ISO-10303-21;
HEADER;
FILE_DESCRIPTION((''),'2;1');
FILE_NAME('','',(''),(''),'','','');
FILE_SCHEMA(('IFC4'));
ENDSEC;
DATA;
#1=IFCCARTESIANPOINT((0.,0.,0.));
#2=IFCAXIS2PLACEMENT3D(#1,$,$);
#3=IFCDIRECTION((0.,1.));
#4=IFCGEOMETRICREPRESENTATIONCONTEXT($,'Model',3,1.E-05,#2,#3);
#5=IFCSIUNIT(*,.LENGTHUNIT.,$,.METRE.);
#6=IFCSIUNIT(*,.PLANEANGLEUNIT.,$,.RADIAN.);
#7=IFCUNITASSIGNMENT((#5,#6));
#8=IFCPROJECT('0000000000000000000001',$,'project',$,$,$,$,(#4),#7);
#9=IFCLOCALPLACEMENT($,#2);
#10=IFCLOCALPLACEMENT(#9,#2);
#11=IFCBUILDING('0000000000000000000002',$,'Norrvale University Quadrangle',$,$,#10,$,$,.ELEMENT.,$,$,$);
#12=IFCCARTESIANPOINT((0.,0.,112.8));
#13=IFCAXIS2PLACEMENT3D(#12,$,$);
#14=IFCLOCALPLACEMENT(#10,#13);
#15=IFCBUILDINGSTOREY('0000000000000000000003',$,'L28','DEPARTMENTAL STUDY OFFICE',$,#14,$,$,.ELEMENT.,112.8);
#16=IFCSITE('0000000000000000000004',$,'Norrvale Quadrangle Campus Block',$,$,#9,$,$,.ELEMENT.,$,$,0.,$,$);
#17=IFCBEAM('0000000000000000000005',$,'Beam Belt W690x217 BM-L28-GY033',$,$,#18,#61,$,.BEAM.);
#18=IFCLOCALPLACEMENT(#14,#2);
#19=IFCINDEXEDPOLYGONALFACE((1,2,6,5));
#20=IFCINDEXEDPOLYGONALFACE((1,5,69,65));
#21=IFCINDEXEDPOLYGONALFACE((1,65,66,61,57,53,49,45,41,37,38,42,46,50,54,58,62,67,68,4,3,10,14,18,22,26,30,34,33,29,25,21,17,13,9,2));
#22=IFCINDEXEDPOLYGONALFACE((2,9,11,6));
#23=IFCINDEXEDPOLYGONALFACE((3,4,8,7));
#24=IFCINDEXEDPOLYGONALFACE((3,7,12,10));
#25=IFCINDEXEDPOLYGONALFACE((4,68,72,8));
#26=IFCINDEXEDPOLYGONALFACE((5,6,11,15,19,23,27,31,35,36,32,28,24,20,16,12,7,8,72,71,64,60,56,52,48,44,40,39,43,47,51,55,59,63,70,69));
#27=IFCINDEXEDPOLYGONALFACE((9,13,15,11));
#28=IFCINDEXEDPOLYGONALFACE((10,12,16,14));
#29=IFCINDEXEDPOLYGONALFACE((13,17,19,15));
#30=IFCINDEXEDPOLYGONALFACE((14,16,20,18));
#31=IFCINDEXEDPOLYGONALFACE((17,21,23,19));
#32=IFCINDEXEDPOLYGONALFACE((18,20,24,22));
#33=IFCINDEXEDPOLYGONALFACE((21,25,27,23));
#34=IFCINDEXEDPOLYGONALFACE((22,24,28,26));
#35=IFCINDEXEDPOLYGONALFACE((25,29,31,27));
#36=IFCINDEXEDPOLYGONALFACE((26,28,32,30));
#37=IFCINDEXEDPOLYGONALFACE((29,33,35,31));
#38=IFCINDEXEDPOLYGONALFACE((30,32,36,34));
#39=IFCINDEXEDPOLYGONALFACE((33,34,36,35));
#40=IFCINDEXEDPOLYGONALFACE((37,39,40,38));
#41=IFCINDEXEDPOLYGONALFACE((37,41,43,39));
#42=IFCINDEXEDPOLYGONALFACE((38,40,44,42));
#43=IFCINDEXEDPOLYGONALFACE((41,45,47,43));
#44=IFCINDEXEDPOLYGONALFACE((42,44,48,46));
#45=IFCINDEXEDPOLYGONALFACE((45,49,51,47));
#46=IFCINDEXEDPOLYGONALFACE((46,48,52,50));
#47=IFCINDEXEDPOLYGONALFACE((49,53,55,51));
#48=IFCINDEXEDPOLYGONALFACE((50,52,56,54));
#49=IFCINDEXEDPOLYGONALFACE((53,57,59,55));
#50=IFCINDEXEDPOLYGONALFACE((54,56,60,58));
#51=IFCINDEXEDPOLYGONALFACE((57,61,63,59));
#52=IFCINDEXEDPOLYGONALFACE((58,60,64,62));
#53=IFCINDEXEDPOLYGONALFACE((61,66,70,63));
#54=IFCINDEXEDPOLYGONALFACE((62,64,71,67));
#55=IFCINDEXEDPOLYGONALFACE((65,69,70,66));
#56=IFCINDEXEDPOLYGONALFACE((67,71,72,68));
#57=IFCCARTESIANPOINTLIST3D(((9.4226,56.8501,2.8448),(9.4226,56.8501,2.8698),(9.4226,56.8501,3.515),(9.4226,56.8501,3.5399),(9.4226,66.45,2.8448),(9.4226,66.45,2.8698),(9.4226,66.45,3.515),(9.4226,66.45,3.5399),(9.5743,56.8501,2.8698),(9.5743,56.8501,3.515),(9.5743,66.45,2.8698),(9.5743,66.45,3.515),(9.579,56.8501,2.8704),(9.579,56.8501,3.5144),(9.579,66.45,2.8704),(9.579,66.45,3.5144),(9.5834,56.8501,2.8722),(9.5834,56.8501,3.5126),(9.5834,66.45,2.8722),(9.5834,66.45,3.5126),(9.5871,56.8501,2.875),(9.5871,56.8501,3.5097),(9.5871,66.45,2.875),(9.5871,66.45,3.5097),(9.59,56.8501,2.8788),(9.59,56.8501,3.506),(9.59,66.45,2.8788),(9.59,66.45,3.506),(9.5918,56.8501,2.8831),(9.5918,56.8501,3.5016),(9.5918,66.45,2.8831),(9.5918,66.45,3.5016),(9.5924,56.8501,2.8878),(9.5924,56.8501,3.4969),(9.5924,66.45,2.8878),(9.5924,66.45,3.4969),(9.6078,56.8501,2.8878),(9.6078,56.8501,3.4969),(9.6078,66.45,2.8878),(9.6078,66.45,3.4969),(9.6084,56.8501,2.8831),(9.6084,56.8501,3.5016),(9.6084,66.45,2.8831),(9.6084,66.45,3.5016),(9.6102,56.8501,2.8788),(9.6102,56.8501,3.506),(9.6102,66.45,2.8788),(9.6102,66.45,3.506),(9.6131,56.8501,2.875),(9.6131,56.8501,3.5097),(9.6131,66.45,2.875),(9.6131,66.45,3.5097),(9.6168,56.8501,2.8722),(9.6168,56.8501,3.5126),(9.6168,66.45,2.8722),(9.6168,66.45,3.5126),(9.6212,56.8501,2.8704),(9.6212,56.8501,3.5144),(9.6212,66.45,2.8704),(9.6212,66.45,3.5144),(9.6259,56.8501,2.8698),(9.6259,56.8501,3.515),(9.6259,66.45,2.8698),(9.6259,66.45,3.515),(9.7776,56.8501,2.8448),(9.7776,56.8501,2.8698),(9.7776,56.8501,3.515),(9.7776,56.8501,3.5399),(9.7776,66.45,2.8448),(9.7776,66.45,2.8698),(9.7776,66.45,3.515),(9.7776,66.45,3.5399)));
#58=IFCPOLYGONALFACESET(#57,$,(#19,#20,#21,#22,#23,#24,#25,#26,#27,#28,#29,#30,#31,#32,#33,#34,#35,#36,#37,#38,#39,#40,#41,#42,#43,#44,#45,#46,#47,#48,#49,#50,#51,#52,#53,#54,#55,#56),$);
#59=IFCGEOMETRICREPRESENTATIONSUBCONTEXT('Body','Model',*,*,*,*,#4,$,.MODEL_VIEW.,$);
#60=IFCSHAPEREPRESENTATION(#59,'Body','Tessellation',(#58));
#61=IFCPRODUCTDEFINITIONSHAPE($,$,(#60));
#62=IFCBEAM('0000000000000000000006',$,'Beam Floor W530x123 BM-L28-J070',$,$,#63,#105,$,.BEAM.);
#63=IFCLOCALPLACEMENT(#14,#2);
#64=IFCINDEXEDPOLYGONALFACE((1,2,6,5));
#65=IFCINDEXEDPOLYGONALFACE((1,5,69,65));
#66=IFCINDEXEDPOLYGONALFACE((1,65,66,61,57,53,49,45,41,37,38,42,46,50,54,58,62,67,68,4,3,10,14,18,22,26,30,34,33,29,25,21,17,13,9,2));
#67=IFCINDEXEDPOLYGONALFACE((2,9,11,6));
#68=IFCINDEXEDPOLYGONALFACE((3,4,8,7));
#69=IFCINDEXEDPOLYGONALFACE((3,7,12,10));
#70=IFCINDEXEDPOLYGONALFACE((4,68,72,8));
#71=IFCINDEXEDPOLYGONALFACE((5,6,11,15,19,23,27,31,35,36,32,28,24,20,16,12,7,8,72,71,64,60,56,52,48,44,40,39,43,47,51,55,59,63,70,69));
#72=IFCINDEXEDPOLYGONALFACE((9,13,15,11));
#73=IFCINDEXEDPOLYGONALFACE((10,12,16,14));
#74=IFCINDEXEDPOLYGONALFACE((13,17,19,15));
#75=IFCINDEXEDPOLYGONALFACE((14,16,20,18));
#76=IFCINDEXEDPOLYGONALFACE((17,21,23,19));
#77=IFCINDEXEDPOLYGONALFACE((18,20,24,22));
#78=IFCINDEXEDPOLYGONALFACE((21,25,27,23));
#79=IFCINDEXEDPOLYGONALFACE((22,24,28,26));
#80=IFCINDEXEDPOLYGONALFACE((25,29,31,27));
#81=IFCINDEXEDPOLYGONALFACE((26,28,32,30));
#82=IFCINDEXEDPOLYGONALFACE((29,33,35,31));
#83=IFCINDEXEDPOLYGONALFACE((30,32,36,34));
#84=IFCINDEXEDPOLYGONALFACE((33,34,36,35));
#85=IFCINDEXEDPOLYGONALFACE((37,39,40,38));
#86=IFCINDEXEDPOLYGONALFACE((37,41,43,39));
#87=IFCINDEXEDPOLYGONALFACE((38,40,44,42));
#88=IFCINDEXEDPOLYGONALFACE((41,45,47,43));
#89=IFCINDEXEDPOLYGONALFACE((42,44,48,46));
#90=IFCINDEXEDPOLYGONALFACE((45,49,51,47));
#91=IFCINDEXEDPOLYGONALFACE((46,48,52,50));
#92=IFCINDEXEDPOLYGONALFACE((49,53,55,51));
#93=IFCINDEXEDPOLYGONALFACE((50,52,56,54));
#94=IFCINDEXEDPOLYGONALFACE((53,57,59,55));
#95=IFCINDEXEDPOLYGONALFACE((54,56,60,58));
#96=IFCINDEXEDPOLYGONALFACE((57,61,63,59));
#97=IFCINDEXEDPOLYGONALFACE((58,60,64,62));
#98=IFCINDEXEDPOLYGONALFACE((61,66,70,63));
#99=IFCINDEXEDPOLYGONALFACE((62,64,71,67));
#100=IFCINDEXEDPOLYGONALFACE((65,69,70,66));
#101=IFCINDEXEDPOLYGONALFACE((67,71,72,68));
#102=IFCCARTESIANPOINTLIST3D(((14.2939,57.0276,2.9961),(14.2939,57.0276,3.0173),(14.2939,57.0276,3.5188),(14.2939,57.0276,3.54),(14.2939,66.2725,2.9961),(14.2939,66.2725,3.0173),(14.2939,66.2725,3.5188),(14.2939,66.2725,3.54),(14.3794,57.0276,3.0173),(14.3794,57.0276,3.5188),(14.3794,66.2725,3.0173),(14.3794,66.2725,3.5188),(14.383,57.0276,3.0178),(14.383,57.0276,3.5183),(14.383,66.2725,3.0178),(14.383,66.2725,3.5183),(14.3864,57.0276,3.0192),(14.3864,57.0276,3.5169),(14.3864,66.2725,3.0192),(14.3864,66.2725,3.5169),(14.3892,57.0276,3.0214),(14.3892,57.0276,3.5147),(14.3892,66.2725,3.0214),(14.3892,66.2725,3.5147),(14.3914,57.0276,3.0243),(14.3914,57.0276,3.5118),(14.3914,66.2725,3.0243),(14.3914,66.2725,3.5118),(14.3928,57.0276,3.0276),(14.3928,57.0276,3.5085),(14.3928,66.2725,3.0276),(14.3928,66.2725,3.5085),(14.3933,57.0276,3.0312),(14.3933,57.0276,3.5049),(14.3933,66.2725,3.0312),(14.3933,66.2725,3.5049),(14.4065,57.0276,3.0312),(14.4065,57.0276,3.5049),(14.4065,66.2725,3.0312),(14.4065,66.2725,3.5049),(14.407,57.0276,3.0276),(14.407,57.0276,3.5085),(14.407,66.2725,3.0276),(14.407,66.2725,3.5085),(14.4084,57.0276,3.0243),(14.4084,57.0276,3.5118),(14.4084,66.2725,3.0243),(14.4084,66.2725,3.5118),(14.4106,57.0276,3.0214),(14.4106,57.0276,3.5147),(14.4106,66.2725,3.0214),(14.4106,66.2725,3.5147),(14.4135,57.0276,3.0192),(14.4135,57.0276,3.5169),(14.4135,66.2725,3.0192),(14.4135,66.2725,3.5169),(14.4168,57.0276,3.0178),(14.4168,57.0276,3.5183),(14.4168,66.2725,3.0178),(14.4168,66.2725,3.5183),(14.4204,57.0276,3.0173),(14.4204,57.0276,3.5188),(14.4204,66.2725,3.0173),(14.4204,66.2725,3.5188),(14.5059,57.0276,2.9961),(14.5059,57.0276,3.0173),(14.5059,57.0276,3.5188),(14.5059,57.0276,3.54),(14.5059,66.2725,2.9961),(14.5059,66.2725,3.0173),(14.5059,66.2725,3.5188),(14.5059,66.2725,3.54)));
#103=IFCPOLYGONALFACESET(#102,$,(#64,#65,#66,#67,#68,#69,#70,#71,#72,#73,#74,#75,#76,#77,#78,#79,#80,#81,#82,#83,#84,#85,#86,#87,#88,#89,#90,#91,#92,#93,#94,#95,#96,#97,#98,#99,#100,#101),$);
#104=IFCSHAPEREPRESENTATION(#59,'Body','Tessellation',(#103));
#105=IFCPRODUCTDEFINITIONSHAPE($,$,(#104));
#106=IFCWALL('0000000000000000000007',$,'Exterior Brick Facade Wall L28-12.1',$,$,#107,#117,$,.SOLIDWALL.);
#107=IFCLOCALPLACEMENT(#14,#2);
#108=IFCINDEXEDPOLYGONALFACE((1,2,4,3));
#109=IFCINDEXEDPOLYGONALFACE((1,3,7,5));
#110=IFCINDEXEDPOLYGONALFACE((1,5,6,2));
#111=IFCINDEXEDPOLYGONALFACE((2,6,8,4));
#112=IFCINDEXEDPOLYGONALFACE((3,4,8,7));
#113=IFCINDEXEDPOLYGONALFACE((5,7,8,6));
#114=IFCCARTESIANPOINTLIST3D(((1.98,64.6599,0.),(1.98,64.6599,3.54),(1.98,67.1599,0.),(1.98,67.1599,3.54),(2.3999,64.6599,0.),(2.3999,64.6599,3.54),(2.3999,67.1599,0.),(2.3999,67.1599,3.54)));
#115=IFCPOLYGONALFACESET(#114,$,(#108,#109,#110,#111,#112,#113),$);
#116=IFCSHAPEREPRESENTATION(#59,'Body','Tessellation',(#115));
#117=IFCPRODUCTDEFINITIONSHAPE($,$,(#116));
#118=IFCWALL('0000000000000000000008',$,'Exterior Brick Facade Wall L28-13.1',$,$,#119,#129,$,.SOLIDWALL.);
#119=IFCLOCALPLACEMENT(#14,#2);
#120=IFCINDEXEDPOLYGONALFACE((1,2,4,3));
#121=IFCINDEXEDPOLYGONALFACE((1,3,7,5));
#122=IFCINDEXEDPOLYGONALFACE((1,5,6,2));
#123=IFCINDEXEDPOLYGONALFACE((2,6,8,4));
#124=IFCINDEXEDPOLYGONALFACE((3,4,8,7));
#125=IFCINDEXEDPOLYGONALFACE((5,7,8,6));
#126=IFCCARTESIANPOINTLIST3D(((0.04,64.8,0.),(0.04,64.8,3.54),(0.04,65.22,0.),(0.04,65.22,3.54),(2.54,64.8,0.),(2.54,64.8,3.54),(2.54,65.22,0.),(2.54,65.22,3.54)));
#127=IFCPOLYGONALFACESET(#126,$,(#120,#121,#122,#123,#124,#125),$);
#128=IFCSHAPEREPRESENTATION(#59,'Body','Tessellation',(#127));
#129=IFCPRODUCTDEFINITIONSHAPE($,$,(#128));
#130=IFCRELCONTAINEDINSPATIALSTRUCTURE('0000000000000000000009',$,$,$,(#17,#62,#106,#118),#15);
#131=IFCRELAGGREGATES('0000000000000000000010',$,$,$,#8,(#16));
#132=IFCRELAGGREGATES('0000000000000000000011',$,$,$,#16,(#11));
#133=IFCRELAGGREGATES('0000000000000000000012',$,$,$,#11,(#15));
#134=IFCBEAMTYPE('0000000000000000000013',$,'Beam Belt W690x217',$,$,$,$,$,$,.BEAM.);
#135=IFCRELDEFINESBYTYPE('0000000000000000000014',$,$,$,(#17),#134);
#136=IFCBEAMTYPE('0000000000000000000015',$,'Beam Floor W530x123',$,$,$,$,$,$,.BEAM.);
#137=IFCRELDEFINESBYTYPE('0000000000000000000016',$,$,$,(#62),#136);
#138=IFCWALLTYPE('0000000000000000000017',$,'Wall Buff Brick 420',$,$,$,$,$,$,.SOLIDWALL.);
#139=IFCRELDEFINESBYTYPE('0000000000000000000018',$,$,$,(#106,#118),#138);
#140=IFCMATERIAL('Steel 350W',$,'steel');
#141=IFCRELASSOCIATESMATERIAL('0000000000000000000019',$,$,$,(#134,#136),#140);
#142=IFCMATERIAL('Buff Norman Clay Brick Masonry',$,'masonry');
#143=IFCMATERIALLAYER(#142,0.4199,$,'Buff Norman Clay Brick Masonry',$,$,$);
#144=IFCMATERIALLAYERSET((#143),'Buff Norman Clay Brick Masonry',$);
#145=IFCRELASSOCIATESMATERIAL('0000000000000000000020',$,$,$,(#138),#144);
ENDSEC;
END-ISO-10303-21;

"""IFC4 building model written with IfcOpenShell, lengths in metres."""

from ifc_helpers import new_model, si_unit, direction, frame, frame_2d, origin, origin_2d, place, context, subcontext, project, spatial, rectangle, i_section, extrude, material, layer, layer_set, material_profile, profile_set, type_object, element, save


model = new_model("IFC4")

# Units and contexts
model_context = context("Model", 3, precision=1e-05, world=origin(), true_north=direction((0.0, 1.0)))
body_context = subcontext(model_context, "Body", "Model", "MODEL_VIEW")
ifc_project = project(units=[si_unit("LENGTHUNIT", "METRE"), si_unit("PLANEANGLEUNIT", "RADIAN")], contexts=[model_context])

# Site, building, storey
site_placement = place(None, origin())
site = spatial("IfcSite", under=ifc_project, at=site_placement, Name="Norrvale Quadrangle Campus Block", CompositionType="ELEMENT", RefElevation=0.0)
building_placement = place(site_placement, origin())
building = spatial("IfcBuilding", under=site, at=building_placement, Name="Norrvale University Quadrangle", CompositionType="ELEMENT")
storey_placement = place(building_placement, frame((0.0, 0.0, 112.8)))
storey = spatial("IfcBuildingStorey", under=building, at=storey_placement, Name="L28", Description="DEPARTMENTAL STUDY OFFICE", CompositionType="ELEMENT", Elevation=112.8)

# Beams
ifc_material_1 = material(Name="Steel 350W", Category="steel")
ifc_material_profile_1 = material_profile(ifc_material_1, i_section(OverallWidth=0.355, OverallDepth=0.6951, WebThickness=0.0154, FlangeThickness=0.0249, FilletRadius=0.0181, at=origin_2d()), Name="Steel 350W")
ifc_profile_set_1 = profile_set([ifc_material_profile_1], Name="Steel 350W")
beam_type_1 = type_object("IfcBeamType", Name="Beam Belt W690x217", PredefinedType="BEAM", material=ifc_profile_set_1)
for number, where, z_axis, x_axis, name in (
    (1, (9.6001, 56.8501, 3.1924), (0.0, 1.0, 0.0), (-1.0, 0.0, 0.0), "Beam Belt W690x217 BM-L28-GY033"),
):
    element("IfcBeam", number, at=place(storey_placement, frame(where, z_axis=z_axis, x_axis=x_axis)), inside=storey, type_object=beam_type_1, Name=name, PredefinedType="BEAM", context=body_context, shape_type="SweptSolid", body=[
        extrude(i_section(OverallWidth=0.355, OverallDepth=0.6951, WebThickness=0.0154, FlangeThickness=0.0249, FilletRadius=0.0181, at=origin_2d()), origin(), (0.0, 0.0, 1.0), 9.5999),
    ])
ifc_material_profile_2 = material_profile(ifc_material_1, i_section(OverallWidth=0.2119, OverallDepth=0.5439, WebThickness=0.0132, FlangeThickness=0.0212, FilletRadius=0.0139, at=origin_2d()), Name="Steel 350W")
ifc_profile_set_2 = profile_set([ifc_material_profile_2], Name="Steel 350W")
beam_type_2 = type_object("IfcBeamType", Name="Beam Floor W530x123", PredefinedType="BEAM", material=ifc_profile_set_2)
beam_1_placement = place(storey_placement, frame((14.3999, 57.0276, 3.2681), z_axis=(0.0, 1.0, 0.0), x_axis=(-1.0, 0.0, 0.0)))
element("IfcBeam", 2, at=beam_1_placement, inside=storey, type_object=beam_type_2, Name="Beam Floor W530x123 BM-L28-J070", PredefinedType="BEAM", context=body_context, shape_type="SweptSolid", body=[
    extrude(i_section(OverallWidth=0.2119, OverallDepth=0.5439, WebThickness=0.0132, FlangeThickness=0.0212, FilletRadius=0.0139, at=origin_2d()), origin(), (0.0, 0.0, 1.0), 9.2449),
])

# Walls
ifc_material_2 = material(Name="Buff Norman Clay Brick Masonry", Category="masonry")
ifc_layer = layer(ifc_material_2, 0.4199, Name="Buff Norman Clay Brick Masonry")
ifc_layer_set = layer_set([ifc_layer], Name="Buff Norman Clay Brick Masonry")
wall_type = type_object("IfcWallType", Name="Wall Buff Brick 420", PredefinedType="SOLIDWALL", material=ifc_layer_set)
for number, where, z_axis, x_axis, name in (
    (3, (2.1899, 67.1599, 0.0), (0.0, 0.0, 1.0), (0.0, -1.0, 0.0), "Exterior Brick Facade Wall L28-12.1"),
    (4, (2.54, 65.01, 0.0), (0.0, 0.0, 1.0), (-1.0, 0.0, 0.0), "Exterior Brick Facade Wall L28-13.1"),
):
    element("IfcWall", number, at=place(storey_placement, frame(where, z_axis=z_axis, x_axis=x_axis)), inside=storey, type_object=wall_type, Name=name, PredefinedType="SOLIDWALL", context=body_context, shape_type="SweptSolid", body=[
        extrude(rectangle(XDim=2.5, YDim=0.4199, at=frame_2d((1.25, 0.0))), origin(), (0.0, 0.0, 1.0), 3.54),
    ])

save(model, "model.ifc")
